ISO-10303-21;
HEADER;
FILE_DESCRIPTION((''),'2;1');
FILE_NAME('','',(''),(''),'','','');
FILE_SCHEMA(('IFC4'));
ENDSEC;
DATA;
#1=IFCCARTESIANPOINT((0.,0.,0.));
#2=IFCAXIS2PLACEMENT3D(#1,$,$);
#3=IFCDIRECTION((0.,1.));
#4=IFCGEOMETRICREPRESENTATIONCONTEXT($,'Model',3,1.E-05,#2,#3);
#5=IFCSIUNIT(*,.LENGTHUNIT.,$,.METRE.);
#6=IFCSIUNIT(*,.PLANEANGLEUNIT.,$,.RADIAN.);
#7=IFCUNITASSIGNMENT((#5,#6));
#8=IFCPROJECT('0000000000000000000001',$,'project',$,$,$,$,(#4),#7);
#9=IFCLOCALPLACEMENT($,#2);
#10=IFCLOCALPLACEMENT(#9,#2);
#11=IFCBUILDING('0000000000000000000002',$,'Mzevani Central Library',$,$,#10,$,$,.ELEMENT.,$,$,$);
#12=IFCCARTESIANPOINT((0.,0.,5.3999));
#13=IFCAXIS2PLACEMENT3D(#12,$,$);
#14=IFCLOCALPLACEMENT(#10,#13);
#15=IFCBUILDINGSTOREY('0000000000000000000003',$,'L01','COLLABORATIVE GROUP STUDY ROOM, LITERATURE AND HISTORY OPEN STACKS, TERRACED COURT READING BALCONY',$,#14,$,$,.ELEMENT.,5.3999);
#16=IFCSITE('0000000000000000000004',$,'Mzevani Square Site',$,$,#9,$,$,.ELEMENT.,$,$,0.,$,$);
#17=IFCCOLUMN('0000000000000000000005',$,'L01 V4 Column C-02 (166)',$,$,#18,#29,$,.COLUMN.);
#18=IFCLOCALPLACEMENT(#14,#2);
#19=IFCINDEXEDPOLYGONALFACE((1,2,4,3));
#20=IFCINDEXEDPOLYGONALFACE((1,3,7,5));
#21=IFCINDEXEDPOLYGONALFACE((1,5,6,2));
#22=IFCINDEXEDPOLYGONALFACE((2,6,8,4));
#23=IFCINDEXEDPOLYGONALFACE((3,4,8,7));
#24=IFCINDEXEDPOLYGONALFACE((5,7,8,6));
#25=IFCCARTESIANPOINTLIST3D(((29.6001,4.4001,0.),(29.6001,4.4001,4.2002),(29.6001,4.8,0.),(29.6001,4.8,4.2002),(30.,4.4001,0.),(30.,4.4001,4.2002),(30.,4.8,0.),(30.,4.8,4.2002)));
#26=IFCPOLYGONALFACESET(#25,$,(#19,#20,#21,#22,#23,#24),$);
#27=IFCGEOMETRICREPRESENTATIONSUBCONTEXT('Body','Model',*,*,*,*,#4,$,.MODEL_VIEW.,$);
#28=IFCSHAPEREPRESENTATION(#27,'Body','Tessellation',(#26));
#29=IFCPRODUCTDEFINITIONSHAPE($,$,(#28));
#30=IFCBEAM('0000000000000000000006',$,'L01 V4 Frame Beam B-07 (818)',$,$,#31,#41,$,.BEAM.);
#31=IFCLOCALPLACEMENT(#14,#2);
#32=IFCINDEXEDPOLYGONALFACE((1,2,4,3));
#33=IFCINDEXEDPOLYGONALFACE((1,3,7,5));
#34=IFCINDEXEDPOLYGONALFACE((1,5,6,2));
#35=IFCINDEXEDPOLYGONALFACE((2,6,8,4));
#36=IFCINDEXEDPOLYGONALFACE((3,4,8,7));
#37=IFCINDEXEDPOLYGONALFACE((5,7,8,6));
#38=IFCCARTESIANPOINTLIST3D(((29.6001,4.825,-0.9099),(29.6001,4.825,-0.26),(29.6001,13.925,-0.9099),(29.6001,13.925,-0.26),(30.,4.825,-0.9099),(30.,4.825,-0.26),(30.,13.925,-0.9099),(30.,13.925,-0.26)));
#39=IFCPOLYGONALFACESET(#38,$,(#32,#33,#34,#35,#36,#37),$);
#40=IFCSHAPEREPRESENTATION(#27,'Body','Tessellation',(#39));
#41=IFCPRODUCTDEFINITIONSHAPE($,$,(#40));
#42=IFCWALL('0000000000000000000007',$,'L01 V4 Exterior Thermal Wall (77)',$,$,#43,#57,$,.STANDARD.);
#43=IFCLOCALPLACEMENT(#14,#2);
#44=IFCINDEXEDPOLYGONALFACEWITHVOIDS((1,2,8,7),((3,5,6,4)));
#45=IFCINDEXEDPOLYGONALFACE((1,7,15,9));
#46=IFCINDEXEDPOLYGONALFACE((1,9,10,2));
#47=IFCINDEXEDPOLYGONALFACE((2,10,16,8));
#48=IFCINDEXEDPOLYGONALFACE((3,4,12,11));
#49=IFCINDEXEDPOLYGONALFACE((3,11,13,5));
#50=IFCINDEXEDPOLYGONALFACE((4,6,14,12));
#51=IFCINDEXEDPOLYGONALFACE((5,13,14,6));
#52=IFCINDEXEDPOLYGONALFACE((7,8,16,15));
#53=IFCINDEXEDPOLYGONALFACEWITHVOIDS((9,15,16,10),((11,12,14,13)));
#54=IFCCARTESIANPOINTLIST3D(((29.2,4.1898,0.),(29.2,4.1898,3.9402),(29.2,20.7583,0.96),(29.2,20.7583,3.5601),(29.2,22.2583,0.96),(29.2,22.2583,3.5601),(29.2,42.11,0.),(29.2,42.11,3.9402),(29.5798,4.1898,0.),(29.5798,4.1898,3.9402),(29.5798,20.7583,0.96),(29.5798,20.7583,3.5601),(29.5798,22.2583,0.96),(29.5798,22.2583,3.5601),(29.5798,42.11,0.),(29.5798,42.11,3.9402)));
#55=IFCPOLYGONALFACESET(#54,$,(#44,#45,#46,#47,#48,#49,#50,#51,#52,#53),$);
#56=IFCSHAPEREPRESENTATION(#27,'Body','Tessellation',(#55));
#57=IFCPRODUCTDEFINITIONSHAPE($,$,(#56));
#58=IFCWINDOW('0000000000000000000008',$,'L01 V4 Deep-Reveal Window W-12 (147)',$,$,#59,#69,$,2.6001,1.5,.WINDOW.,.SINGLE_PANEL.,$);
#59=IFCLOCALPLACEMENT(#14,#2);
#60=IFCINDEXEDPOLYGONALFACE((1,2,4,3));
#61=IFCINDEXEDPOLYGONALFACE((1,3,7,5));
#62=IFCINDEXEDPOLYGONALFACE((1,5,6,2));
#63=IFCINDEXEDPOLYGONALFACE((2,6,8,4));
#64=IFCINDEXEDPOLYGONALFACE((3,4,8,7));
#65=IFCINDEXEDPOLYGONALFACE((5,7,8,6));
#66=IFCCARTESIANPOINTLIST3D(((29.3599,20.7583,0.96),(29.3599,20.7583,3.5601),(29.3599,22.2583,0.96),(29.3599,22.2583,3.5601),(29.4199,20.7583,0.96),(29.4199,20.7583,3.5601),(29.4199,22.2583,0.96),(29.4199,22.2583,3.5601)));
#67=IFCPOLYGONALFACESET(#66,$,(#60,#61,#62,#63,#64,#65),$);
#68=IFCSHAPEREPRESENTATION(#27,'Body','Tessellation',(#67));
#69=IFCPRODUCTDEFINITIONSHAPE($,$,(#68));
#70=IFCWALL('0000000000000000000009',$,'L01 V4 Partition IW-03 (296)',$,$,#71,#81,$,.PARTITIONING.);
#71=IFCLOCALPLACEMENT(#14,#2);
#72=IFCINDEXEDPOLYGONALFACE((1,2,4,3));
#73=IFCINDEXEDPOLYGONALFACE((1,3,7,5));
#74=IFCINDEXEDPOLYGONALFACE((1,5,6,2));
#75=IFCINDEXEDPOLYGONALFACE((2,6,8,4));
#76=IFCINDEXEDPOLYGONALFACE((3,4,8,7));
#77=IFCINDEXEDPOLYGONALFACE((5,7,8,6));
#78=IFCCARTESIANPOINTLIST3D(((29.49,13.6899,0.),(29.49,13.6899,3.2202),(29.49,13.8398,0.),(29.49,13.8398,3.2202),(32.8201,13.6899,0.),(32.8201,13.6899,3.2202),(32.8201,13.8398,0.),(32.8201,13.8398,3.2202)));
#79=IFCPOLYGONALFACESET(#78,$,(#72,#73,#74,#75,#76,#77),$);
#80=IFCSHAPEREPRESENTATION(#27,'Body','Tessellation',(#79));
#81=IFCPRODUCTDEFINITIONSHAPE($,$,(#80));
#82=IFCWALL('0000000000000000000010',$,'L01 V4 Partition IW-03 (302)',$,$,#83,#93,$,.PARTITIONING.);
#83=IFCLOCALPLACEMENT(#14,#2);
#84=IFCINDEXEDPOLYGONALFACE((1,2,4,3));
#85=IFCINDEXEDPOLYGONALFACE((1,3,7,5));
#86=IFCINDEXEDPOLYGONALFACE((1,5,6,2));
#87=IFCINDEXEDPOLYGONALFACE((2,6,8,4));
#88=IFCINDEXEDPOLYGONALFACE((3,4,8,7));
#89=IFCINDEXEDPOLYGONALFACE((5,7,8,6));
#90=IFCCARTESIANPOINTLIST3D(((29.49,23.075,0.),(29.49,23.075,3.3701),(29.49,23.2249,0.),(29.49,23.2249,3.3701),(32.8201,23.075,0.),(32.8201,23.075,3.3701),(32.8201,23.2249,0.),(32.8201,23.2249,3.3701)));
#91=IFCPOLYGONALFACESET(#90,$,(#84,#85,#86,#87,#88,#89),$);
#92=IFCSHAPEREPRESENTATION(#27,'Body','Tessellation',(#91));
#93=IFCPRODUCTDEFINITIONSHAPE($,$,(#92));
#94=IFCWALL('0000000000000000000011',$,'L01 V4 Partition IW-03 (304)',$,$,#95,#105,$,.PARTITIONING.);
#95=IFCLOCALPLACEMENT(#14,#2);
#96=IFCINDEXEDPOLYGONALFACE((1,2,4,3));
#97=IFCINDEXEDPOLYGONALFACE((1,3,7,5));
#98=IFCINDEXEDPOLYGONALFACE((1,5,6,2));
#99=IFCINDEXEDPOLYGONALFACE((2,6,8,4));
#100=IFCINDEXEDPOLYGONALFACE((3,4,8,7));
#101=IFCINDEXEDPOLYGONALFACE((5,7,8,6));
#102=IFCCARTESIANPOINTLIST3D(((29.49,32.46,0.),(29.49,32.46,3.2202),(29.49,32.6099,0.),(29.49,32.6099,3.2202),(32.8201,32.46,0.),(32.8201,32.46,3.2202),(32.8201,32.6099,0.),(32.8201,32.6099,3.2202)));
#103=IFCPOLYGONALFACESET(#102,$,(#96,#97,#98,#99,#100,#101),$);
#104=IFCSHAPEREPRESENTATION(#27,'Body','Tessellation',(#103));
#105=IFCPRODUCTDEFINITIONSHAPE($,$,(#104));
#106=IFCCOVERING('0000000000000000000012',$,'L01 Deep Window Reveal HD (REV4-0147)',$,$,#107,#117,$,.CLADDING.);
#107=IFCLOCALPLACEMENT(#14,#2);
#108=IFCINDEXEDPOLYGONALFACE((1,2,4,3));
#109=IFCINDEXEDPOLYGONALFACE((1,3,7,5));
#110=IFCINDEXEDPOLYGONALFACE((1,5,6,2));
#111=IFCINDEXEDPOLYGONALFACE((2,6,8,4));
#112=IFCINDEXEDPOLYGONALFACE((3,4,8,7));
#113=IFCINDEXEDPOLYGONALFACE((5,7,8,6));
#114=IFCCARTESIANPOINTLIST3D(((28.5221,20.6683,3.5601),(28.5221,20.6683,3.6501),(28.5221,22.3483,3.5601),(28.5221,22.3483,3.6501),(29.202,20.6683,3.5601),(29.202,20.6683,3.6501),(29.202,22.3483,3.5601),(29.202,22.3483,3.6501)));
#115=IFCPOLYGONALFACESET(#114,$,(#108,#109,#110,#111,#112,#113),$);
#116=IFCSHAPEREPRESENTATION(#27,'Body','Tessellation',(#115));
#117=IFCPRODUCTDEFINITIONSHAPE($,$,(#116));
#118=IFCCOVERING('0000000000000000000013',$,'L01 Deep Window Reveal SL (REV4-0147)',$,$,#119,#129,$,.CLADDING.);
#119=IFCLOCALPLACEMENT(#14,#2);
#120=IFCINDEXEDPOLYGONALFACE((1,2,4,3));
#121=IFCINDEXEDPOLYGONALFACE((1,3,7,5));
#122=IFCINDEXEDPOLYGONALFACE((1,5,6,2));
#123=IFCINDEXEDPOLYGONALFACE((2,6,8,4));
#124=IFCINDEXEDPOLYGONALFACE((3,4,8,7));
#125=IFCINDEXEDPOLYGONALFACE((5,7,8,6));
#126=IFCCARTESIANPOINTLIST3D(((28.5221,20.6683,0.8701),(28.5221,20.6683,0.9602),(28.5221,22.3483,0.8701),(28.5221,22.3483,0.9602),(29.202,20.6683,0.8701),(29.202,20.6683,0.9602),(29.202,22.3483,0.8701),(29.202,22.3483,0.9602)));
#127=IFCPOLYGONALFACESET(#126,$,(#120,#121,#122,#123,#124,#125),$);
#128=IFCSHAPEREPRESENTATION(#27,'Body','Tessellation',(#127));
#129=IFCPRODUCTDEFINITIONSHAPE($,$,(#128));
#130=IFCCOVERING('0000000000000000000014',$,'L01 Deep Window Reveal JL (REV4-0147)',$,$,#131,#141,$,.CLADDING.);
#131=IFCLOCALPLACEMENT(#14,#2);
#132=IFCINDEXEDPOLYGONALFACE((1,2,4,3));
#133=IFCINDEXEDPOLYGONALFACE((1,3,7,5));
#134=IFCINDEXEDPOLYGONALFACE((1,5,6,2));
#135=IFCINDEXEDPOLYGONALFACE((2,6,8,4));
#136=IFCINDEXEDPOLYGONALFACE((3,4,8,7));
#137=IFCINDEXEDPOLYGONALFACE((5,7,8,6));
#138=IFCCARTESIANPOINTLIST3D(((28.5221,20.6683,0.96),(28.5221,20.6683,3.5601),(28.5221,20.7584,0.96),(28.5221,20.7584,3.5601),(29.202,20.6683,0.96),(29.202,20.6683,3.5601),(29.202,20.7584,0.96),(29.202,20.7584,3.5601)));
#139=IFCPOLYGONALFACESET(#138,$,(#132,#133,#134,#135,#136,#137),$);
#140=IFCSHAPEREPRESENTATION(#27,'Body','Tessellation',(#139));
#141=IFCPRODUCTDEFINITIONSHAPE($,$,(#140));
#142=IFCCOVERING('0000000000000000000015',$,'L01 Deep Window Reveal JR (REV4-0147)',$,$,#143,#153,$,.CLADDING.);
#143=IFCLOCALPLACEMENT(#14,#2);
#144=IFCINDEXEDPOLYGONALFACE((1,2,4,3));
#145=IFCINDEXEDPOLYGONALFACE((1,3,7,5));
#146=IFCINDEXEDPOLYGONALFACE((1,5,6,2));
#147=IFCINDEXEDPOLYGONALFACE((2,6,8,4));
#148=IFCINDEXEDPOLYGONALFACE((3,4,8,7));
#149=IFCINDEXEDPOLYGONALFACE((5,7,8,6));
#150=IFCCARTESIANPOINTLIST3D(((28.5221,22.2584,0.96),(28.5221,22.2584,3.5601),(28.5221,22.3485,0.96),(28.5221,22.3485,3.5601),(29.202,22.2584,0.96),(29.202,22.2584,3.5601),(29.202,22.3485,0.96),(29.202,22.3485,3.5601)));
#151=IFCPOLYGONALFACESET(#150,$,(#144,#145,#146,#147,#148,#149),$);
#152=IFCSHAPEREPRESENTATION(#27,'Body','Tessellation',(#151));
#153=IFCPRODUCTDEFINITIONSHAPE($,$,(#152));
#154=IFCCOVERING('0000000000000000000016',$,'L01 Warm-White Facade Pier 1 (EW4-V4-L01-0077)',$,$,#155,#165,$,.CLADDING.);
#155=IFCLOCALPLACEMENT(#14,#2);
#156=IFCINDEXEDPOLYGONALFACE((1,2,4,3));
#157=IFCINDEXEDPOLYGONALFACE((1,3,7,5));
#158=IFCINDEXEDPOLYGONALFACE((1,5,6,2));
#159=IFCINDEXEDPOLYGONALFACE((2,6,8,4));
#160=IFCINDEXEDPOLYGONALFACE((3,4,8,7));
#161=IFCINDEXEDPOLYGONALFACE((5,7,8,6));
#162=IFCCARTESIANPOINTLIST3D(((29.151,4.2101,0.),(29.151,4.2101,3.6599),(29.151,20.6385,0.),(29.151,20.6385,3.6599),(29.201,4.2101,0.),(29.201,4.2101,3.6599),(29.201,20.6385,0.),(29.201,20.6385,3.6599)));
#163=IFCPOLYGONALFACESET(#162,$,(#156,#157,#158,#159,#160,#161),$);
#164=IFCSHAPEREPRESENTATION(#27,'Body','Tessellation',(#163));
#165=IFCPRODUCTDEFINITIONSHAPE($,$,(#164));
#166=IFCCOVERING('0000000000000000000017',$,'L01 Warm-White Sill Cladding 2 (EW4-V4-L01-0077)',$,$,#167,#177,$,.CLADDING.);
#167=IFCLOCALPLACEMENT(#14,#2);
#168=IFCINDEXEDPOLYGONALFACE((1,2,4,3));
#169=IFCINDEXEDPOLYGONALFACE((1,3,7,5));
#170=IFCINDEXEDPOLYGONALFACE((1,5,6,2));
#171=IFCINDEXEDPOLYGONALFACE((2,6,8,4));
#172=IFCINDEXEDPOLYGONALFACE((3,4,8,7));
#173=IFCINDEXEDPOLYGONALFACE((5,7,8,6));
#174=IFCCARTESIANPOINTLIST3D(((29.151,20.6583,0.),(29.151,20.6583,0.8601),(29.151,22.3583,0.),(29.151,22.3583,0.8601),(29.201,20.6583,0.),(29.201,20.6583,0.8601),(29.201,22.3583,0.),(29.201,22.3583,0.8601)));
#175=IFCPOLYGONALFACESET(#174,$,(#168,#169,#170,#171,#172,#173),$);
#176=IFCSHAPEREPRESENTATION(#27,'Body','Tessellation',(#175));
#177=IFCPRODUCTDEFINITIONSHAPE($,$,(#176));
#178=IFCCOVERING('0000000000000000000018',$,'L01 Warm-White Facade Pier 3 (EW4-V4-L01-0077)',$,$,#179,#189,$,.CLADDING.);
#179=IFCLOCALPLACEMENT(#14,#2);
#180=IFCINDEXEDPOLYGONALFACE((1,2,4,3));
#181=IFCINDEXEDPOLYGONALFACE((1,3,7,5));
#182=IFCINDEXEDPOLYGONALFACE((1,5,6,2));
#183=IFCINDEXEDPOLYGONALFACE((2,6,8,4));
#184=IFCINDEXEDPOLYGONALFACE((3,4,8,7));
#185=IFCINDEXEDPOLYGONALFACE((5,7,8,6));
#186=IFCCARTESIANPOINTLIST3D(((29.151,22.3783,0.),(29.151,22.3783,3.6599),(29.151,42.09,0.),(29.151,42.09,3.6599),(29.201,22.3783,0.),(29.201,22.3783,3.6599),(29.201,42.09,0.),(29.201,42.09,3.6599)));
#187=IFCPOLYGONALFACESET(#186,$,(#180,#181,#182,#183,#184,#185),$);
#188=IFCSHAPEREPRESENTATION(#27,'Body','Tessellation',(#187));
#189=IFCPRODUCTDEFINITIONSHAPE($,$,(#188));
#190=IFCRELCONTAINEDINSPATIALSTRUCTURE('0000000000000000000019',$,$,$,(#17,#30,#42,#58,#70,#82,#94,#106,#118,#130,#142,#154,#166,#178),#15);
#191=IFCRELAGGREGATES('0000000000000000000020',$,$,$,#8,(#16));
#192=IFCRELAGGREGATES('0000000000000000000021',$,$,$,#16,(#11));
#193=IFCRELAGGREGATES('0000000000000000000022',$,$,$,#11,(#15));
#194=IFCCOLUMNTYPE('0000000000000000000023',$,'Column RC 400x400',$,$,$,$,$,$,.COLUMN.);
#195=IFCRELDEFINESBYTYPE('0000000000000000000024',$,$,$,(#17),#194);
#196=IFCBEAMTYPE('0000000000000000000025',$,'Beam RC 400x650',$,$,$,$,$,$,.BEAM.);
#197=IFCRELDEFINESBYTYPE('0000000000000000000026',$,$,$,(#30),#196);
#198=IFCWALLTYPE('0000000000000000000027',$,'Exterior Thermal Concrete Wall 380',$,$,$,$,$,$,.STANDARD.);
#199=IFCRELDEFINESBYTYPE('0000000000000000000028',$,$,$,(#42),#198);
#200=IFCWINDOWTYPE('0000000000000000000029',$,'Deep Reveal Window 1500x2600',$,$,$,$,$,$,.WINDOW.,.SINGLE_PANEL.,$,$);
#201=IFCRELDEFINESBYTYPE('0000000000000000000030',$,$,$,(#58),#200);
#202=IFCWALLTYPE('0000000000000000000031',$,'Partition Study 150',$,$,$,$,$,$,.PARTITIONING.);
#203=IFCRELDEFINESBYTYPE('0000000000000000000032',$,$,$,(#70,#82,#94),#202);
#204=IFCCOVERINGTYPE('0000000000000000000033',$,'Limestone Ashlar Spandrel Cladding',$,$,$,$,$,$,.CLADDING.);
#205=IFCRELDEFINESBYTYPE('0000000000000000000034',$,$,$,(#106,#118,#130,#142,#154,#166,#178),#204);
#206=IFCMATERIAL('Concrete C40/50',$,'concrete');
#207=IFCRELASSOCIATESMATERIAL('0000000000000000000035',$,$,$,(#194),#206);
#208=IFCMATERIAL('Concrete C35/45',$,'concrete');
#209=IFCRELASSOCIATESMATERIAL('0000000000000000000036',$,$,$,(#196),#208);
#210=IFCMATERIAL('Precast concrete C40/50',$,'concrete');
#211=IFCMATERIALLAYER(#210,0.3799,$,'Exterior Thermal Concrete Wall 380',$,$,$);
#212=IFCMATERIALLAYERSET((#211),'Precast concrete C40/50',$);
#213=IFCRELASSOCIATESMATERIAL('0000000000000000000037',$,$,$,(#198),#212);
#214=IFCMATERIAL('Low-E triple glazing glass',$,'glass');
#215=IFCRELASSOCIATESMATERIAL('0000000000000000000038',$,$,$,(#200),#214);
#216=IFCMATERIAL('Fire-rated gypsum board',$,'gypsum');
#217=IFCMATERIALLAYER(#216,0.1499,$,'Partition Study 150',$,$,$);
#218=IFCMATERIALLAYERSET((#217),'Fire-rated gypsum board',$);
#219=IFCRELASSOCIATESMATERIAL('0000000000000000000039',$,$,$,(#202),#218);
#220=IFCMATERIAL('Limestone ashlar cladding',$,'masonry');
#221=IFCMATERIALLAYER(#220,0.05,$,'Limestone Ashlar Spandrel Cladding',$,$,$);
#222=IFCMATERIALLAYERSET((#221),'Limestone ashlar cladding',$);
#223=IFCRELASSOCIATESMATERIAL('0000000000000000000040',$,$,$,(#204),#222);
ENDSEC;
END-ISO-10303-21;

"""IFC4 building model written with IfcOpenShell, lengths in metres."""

from ifc_helpers import new_model, si_unit, direction, frame, frame_2d, origin, origin_2d, place, context, subcontext, project, spatial, rectangle, extrude, material, layer, layer_set, material_profile, profile_set, type_object, element, fill, save


model = new_model("IFC4")

# Units and contexts
model_context = context("Model", 3, precision=1e-05, world=origin(), true_north=direction((0.0, 1.0)))
body_context = subcontext(model_context, "Body", "Model", "MODEL_VIEW")
ifc_project = project(units=[si_unit("LENGTHUNIT", "METRE"), si_unit("PLANEANGLEUNIT", "RADIAN")], contexts=[model_context])

# Site, building, storey
site_placement = place(None, origin())
site = spatial("IfcSite", under=ifc_project, at=site_placement, Name="Mzevani Square Site", CompositionType="ELEMENT", RefElevation=0.0)
building_placement = place(site_placement, origin())
building = spatial("IfcBuilding", under=site, at=building_placement, Name="Mzevani Central Library", CompositionType="ELEMENT")
storey_placement = place(building_placement, frame((0.0, 0.0, 5.3999)))
storey = spatial("IfcBuildingStorey", under=building, at=storey_placement, Name="L01", Description="COLLABORATIVE GROUP STUDY ROOM, LITERATURE AND HISTORY OPEN STACKS, TERRACED COURT READING BALCONY", CompositionType="ELEMENT", Elevation=5.3999)

# Column
ifc_material_1 = material(Name="Concrete C40/50", Category="concrete")
ifc_material_profile_1 = material_profile(ifc_material_1, rectangle(XDim=0.3999, YDim=0.3999, at=origin_2d()), Name="RC 400x400")
ifc_profile_set_1 = profile_set([ifc_material_profile_1], Name="Concrete C40/50")
column_type = type_object("IfcColumnType", Name="Column RC 400x400", PredefinedType="COLUMN", material=ifc_profile_set_1)
column_placement = place(storey_placement, frame((29.8, 4.6001, 0.0), z_axis=(0.0, 0.0, 1.0), x_axis=(1.0, 0.0, 0.0)))
element("IfcColumn", 1, at=column_placement, inside=storey, type_object=column_type, Name="L01 V4 Column C-02 (166)", PredefinedType="COLUMN", context=body_context, shape_type="SweptSolid", body=[
    extrude(rectangle(XDim=0.3999, YDim=0.3999, at=origin_2d()), origin(), (0.0, 0.0, 1.0), 4.2002),
])

# Beam
ifc_material_2 = material(Name="Concrete C35/45", Category="concrete")
ifc_material_profile_2 = material_profile(ifc_material_2, rectangle(XDim=0.3999, YDim=0.6499, at=origin_2d()), Name="RC B400x650")
ifc_profile_set_2 = profile_set([ifc_material_profile_2], Name="Concrete C35/45")
beam_type = type_object("IfcBeamType", Name="Beam RC 400x650", PredefinedType="BEAM", material=ifc_profile_set_2)
beam_placement = place(storey_placement, frame((29.8, 4.825, -0.585), z_axis=(0.0, 1.0, 0.0), x_axis=(-1.0, 0.0, 0.0)))
element("IfcBeam", 2, at=beam_placement, inside=storey, type_object=beam_type, Name="L01 V4 Frame Beam B-07 (818)", PredefinedType="BEAM", context=body_context, shape_type="SweptSolid", body=[
    extrude(rectangle(XDim=0.3999, YDim=0.6499, at=origin_2d()), origin(), (0.0, 0.0, 1.0), 9.1001),
])

# Wall, opening, window
ifc_material_3 = material(Name="Precast concrete C40/50", Category="concrete")
ifc_layer_1 = layer(ifc_material_3, 0.3799, Name="Exterior Thermal Concrete Wall 380")
ifc_layer_set_1 = layer_set([ifc_layer_1], Name="Precast concrete C40/50")
wall_type_1 = type_object("IfcWallType", Name="Exterior Thermal Concrete Wall 380", PredefinedType="STANDARD", material=ifc_layer_set_1)
wall_1_placement = place(storey_placement, frame((29.3899, 4.1899, 0.0), z_axis=(0.0, 0.0, 1.0), x_axis=(0.0, 1.0, 0.0)))
wall_1 = element("IfcWall", 3, at=wall_1_placement, inside=storey, type_object=wall_type_1, Name="L01 V4 Exterior Thermal Wall (77)", PredefinedType="STANDARD", context=body_context, shape_type="SweptSolid", body=[
    extrude(rectangle(XDim=37.9202, YDim=0.3799, at=frame_2d((18.96, 0.0))), origin(), (0.0, 0.0, 1.0), 3.9402),
])
opening_placement = place(wall_1_placement, frame((16.5684, 0.0, 0.96)))
opening = element("IfcOpeningElement", 4, at=opening_placement, cuts=wall_1, PredefinedType="OPENING", context=body_context, shape_type="SweptSolid", body=[
    extrude(rectangle(XDim=1.5, YDim=2.6001, at=frame_2d((0.75, 1.3))), frame((0.0, 0.2, 0.0), z_axis=(0.0, -1.0, 0.0), x_axis=(1.0, 0.0, 0.0)), (0.0, 0.0, 1.0), 0.3999),
])
ifc_material_4 = material(Name="Low-E triple glazing glass", Category="glass")
window_type = type_object("IfcWindowType", Name="Deep Reveal Window 1500x2600", PartitioningType="SINGLE_PANEL", PredefinedType="WINDOW", material=ifc_material_4)
window_placement = place(opening_placement, origin())
window = element("IfcWindow", 5, at=window_placement, inside=storey, type_object=window_type, Name="L01 V4 Deep-Reveal Window W-12 (147)", OverallHeight=2.6001, OverallWidth=1.5, PartitioningType="SINGLE_PANEL", PredefinedType="WINDOW", context=body_context, shape_type="SweptSolid", body=[
    extrude(rectangle(XDim=1.5, YDim=2.6001, at=frame_2d((0.75, 1.3))), frame((0.0, 0.03, 0.0), z_axis=(0.0, -1.0, 0.0), x_axis=(1.0, 0.0, 0.0)), (0.0, 0.0, 1.0), 0.0601),
])
fill(opening, window)

# Walls
ifc_material_5 = material(Name="Fire-rated gypsum board", Category="gypsum")
ifc_layer_2 = layer(ifc_material_5, 0.1499, Name="Partition Study 150")
ifc_layer_set_2 = layer_set([ifc_layer_2], Name="Fire-rated gypsum board")
wall_type_2 = type_object("IfcWallType", Name="Partition Study 150", PredefinedType="PARTITIONING", material=ifc_layer_set_2)
wall_2_placement = place(storey_placement, frame((29.49, 13.7649, 0.0), z_axis=(0.0, 0.0, 1.0), x_axis=(1.0, 0.0, 0.0)))
element("IfcWall", 6, at=wall_2_placement, inside=storey, type_object=wall_type_2, Name="L01 V4 Partition IW-03 (296)", PredefinedType="PARTITIONING", context=body_context, shape_type="SweptSolid", body=[
    extrude(rectangle(XDim=3.3301, YDim=0.1499, at=frame_2d((1.665, 0.0))), origin(), (0.0, 0.0, 1.0), 3.2202),
])
wall_3_placement = place(storey_placement, frame((29.49, 23.1499, 0.0), z_axis=(0.0, 0.0, 1.0), x_axis=(1.0, 0.0, 0.0)))
element("IfcWall", 7, at=wall_3_placement, inside=storey, type_object=wall_type_2, Name="L01 V4 Partition IW-03 (302)", PredefinedType="PARTITIONING", context=body_context, shape_type="SweptSolid", body=[
    extrude(rectangle(XDim=3.3301, YDim=0.1499, at=frame_2d((1.665, 0.0))), origin(), (0.0, 0.0, 1.0), 3.3701),
])
wall_4_placement = place(storey_placement, frame((29.49, 32.5349, 0.0), z_axis=(0.0, 0.0, 1.0), x_axis=(1.0, 0.0, 0.0)))
element("IfcWall", 8, at=wall_4_placement, inside=storey, type_object=wall_type_2, Name="L01 V4 Partition IW-03 (304)", PredefinedType="PARTITIONING", context=body_context, shape_type="SweptSolid", body=[
    extrude(rectangle(XDim=3.3301, YDim=0.1499, at=frame_2d((1.665, 0.0))), origin(), (0.0, 0.0, 1.0), 3.2202),
])

# Coverings
ifc_material_6 = material(Name="Limestone ashlar cladding", Category="masonry")
ifc_layer_3 = layer(ifc_material_6, 0.05, Name="Limestone Ashlar Spandrel Cladding")
ifc_layer_set_3 = layer_set([ifc_layer_3], Name="Limestone ashlar cladding")
covering_type_1 = type_object("IfcCoveringType", Name="Limestone Ashlar Spandrel Cladding", PredefinedType="CLADDING", material=ifc_layer_set_3)
for number, where, z_axis, x_axis, name in (
    (9, (28.8621, 21.5083, 3.5601), (0.0, 0.0, 1.0), (0.0, 1.0, 0.0), "L01 Deep Window Reveal HD (REV4-0147)"),
    (10, (28.8621, 21.5083, 0.8701), (0.0, 0.0, 1.0), (0.0, 1.0, 0.0), "L01 Deep Window Reveal SL (REV4-0147)"),
):
    element("IfcCovering", number, at=place(storey_placement, frame(where, z_axis=z_axis, x_axis=x_axis)), inside=storey, type_object=covering_type_1, Name=name, PredefinedType="CLADDING", context=body_context, shape_type="SweptSolid", body=[
        extrude(rectangle(XDim=1.6799, YDim=0.6799, at=origin_2d()), origin(), (0.0, 0.0, 1.0), 0.0901),
    ])
for number, where, z_axis, x_axis, name in (
    (11, (28.8621, 20.7134, 0.96), (0.0, 0.0, 1.0), (0.0, 1.0, 0.0), "L01 Deep Window Reveal JL (REV4-0147)"),
    (12, (28.8621, 22.3035, 0.96), (0.0, 0.0, 1.0), (0.0, 1.0, 0.0), "L01 Deep Window Reveal JR (REV4-0147)"),
):
    element("IfcCovering", number, at=place(storey_placement, frame(where, z_axis=z_axis, x_axis=x_axis)), inside=storey, type_object=covering_type_1, Name=name, PredefinedType="CLADDING", context=body_context, shape_type="SweptSolid", body=[
        extrude(rectangle(XDim=0.0901, YDim=0.6799, at=origin_2d()), origin(), (0.0, 0.0, 1.0), 2.6001),
    ])
covering_1_placement = place(storey_placement, frame((29.176, 12.4243, 0.0), z_axis=(0.0, 0.0, 1.0), x_axis=(0.0, 1.0, 0.0)))
element("IfcCovering", 13, at=covering_1_placement, inside=storey, type_object=covering_type_1, Name="L01 Warm-White Facade Pier 1 (EW4-V4-L01-0077)", PredefinedType="CLADDING", context=body_context, shape_type="SweptSolid", body=[
    extrude(rectangle(XDim=16.4285, YDim=0.05, at=origin_2d()), origin(), (0.0, 0.0, 1.0), 3.6599),
])
covering_2_placement = place(storey_placement, frame((29.176, 21.5083, 0.0), z_axis=(0.0, 0.0, 1.0), x_axis=(0.0, 1.0, 0.0)))
element("IfcCovering", 14, at=covering_2_placement, inside=storey, type_object=covering_type_1, Name="L01 Warm-White Sill Cladding 2 (EW4-V4-L01-0077)", PredefinedType="CLADDING", context=body_context, shape_type="SweptSolid", body=[
    extrude(rectangle(XDim=1.7, YDim=0.05, at=origin_2d()), origin(), (0.0, 0.0, 1.0), 0.8601),
])
covering_3_placement = place(storey_placement, frame((29.176, 32.2341, 0.0), z_axis=(0.0, 0.0, 1.0), x_axis=(0.0, 1.0, 0.0)))
element("IfcCovering", 15, at=covering_3_placement, inside=storey, type_object=covering_type_1, Name="L01 Warm-White Facade Pier 3 (EW4-V4-L01-0077)", PredefinedType="CLADDING", context=body_context, shape_type="SweptSolid", body=[
    extrude(rectangle(XDim=19.7117, YDim=0.05, at=origin_2d()), origin(), (0.0, 0.0, 1.0), 3.6599),
])

save(model, "model.ifc")
